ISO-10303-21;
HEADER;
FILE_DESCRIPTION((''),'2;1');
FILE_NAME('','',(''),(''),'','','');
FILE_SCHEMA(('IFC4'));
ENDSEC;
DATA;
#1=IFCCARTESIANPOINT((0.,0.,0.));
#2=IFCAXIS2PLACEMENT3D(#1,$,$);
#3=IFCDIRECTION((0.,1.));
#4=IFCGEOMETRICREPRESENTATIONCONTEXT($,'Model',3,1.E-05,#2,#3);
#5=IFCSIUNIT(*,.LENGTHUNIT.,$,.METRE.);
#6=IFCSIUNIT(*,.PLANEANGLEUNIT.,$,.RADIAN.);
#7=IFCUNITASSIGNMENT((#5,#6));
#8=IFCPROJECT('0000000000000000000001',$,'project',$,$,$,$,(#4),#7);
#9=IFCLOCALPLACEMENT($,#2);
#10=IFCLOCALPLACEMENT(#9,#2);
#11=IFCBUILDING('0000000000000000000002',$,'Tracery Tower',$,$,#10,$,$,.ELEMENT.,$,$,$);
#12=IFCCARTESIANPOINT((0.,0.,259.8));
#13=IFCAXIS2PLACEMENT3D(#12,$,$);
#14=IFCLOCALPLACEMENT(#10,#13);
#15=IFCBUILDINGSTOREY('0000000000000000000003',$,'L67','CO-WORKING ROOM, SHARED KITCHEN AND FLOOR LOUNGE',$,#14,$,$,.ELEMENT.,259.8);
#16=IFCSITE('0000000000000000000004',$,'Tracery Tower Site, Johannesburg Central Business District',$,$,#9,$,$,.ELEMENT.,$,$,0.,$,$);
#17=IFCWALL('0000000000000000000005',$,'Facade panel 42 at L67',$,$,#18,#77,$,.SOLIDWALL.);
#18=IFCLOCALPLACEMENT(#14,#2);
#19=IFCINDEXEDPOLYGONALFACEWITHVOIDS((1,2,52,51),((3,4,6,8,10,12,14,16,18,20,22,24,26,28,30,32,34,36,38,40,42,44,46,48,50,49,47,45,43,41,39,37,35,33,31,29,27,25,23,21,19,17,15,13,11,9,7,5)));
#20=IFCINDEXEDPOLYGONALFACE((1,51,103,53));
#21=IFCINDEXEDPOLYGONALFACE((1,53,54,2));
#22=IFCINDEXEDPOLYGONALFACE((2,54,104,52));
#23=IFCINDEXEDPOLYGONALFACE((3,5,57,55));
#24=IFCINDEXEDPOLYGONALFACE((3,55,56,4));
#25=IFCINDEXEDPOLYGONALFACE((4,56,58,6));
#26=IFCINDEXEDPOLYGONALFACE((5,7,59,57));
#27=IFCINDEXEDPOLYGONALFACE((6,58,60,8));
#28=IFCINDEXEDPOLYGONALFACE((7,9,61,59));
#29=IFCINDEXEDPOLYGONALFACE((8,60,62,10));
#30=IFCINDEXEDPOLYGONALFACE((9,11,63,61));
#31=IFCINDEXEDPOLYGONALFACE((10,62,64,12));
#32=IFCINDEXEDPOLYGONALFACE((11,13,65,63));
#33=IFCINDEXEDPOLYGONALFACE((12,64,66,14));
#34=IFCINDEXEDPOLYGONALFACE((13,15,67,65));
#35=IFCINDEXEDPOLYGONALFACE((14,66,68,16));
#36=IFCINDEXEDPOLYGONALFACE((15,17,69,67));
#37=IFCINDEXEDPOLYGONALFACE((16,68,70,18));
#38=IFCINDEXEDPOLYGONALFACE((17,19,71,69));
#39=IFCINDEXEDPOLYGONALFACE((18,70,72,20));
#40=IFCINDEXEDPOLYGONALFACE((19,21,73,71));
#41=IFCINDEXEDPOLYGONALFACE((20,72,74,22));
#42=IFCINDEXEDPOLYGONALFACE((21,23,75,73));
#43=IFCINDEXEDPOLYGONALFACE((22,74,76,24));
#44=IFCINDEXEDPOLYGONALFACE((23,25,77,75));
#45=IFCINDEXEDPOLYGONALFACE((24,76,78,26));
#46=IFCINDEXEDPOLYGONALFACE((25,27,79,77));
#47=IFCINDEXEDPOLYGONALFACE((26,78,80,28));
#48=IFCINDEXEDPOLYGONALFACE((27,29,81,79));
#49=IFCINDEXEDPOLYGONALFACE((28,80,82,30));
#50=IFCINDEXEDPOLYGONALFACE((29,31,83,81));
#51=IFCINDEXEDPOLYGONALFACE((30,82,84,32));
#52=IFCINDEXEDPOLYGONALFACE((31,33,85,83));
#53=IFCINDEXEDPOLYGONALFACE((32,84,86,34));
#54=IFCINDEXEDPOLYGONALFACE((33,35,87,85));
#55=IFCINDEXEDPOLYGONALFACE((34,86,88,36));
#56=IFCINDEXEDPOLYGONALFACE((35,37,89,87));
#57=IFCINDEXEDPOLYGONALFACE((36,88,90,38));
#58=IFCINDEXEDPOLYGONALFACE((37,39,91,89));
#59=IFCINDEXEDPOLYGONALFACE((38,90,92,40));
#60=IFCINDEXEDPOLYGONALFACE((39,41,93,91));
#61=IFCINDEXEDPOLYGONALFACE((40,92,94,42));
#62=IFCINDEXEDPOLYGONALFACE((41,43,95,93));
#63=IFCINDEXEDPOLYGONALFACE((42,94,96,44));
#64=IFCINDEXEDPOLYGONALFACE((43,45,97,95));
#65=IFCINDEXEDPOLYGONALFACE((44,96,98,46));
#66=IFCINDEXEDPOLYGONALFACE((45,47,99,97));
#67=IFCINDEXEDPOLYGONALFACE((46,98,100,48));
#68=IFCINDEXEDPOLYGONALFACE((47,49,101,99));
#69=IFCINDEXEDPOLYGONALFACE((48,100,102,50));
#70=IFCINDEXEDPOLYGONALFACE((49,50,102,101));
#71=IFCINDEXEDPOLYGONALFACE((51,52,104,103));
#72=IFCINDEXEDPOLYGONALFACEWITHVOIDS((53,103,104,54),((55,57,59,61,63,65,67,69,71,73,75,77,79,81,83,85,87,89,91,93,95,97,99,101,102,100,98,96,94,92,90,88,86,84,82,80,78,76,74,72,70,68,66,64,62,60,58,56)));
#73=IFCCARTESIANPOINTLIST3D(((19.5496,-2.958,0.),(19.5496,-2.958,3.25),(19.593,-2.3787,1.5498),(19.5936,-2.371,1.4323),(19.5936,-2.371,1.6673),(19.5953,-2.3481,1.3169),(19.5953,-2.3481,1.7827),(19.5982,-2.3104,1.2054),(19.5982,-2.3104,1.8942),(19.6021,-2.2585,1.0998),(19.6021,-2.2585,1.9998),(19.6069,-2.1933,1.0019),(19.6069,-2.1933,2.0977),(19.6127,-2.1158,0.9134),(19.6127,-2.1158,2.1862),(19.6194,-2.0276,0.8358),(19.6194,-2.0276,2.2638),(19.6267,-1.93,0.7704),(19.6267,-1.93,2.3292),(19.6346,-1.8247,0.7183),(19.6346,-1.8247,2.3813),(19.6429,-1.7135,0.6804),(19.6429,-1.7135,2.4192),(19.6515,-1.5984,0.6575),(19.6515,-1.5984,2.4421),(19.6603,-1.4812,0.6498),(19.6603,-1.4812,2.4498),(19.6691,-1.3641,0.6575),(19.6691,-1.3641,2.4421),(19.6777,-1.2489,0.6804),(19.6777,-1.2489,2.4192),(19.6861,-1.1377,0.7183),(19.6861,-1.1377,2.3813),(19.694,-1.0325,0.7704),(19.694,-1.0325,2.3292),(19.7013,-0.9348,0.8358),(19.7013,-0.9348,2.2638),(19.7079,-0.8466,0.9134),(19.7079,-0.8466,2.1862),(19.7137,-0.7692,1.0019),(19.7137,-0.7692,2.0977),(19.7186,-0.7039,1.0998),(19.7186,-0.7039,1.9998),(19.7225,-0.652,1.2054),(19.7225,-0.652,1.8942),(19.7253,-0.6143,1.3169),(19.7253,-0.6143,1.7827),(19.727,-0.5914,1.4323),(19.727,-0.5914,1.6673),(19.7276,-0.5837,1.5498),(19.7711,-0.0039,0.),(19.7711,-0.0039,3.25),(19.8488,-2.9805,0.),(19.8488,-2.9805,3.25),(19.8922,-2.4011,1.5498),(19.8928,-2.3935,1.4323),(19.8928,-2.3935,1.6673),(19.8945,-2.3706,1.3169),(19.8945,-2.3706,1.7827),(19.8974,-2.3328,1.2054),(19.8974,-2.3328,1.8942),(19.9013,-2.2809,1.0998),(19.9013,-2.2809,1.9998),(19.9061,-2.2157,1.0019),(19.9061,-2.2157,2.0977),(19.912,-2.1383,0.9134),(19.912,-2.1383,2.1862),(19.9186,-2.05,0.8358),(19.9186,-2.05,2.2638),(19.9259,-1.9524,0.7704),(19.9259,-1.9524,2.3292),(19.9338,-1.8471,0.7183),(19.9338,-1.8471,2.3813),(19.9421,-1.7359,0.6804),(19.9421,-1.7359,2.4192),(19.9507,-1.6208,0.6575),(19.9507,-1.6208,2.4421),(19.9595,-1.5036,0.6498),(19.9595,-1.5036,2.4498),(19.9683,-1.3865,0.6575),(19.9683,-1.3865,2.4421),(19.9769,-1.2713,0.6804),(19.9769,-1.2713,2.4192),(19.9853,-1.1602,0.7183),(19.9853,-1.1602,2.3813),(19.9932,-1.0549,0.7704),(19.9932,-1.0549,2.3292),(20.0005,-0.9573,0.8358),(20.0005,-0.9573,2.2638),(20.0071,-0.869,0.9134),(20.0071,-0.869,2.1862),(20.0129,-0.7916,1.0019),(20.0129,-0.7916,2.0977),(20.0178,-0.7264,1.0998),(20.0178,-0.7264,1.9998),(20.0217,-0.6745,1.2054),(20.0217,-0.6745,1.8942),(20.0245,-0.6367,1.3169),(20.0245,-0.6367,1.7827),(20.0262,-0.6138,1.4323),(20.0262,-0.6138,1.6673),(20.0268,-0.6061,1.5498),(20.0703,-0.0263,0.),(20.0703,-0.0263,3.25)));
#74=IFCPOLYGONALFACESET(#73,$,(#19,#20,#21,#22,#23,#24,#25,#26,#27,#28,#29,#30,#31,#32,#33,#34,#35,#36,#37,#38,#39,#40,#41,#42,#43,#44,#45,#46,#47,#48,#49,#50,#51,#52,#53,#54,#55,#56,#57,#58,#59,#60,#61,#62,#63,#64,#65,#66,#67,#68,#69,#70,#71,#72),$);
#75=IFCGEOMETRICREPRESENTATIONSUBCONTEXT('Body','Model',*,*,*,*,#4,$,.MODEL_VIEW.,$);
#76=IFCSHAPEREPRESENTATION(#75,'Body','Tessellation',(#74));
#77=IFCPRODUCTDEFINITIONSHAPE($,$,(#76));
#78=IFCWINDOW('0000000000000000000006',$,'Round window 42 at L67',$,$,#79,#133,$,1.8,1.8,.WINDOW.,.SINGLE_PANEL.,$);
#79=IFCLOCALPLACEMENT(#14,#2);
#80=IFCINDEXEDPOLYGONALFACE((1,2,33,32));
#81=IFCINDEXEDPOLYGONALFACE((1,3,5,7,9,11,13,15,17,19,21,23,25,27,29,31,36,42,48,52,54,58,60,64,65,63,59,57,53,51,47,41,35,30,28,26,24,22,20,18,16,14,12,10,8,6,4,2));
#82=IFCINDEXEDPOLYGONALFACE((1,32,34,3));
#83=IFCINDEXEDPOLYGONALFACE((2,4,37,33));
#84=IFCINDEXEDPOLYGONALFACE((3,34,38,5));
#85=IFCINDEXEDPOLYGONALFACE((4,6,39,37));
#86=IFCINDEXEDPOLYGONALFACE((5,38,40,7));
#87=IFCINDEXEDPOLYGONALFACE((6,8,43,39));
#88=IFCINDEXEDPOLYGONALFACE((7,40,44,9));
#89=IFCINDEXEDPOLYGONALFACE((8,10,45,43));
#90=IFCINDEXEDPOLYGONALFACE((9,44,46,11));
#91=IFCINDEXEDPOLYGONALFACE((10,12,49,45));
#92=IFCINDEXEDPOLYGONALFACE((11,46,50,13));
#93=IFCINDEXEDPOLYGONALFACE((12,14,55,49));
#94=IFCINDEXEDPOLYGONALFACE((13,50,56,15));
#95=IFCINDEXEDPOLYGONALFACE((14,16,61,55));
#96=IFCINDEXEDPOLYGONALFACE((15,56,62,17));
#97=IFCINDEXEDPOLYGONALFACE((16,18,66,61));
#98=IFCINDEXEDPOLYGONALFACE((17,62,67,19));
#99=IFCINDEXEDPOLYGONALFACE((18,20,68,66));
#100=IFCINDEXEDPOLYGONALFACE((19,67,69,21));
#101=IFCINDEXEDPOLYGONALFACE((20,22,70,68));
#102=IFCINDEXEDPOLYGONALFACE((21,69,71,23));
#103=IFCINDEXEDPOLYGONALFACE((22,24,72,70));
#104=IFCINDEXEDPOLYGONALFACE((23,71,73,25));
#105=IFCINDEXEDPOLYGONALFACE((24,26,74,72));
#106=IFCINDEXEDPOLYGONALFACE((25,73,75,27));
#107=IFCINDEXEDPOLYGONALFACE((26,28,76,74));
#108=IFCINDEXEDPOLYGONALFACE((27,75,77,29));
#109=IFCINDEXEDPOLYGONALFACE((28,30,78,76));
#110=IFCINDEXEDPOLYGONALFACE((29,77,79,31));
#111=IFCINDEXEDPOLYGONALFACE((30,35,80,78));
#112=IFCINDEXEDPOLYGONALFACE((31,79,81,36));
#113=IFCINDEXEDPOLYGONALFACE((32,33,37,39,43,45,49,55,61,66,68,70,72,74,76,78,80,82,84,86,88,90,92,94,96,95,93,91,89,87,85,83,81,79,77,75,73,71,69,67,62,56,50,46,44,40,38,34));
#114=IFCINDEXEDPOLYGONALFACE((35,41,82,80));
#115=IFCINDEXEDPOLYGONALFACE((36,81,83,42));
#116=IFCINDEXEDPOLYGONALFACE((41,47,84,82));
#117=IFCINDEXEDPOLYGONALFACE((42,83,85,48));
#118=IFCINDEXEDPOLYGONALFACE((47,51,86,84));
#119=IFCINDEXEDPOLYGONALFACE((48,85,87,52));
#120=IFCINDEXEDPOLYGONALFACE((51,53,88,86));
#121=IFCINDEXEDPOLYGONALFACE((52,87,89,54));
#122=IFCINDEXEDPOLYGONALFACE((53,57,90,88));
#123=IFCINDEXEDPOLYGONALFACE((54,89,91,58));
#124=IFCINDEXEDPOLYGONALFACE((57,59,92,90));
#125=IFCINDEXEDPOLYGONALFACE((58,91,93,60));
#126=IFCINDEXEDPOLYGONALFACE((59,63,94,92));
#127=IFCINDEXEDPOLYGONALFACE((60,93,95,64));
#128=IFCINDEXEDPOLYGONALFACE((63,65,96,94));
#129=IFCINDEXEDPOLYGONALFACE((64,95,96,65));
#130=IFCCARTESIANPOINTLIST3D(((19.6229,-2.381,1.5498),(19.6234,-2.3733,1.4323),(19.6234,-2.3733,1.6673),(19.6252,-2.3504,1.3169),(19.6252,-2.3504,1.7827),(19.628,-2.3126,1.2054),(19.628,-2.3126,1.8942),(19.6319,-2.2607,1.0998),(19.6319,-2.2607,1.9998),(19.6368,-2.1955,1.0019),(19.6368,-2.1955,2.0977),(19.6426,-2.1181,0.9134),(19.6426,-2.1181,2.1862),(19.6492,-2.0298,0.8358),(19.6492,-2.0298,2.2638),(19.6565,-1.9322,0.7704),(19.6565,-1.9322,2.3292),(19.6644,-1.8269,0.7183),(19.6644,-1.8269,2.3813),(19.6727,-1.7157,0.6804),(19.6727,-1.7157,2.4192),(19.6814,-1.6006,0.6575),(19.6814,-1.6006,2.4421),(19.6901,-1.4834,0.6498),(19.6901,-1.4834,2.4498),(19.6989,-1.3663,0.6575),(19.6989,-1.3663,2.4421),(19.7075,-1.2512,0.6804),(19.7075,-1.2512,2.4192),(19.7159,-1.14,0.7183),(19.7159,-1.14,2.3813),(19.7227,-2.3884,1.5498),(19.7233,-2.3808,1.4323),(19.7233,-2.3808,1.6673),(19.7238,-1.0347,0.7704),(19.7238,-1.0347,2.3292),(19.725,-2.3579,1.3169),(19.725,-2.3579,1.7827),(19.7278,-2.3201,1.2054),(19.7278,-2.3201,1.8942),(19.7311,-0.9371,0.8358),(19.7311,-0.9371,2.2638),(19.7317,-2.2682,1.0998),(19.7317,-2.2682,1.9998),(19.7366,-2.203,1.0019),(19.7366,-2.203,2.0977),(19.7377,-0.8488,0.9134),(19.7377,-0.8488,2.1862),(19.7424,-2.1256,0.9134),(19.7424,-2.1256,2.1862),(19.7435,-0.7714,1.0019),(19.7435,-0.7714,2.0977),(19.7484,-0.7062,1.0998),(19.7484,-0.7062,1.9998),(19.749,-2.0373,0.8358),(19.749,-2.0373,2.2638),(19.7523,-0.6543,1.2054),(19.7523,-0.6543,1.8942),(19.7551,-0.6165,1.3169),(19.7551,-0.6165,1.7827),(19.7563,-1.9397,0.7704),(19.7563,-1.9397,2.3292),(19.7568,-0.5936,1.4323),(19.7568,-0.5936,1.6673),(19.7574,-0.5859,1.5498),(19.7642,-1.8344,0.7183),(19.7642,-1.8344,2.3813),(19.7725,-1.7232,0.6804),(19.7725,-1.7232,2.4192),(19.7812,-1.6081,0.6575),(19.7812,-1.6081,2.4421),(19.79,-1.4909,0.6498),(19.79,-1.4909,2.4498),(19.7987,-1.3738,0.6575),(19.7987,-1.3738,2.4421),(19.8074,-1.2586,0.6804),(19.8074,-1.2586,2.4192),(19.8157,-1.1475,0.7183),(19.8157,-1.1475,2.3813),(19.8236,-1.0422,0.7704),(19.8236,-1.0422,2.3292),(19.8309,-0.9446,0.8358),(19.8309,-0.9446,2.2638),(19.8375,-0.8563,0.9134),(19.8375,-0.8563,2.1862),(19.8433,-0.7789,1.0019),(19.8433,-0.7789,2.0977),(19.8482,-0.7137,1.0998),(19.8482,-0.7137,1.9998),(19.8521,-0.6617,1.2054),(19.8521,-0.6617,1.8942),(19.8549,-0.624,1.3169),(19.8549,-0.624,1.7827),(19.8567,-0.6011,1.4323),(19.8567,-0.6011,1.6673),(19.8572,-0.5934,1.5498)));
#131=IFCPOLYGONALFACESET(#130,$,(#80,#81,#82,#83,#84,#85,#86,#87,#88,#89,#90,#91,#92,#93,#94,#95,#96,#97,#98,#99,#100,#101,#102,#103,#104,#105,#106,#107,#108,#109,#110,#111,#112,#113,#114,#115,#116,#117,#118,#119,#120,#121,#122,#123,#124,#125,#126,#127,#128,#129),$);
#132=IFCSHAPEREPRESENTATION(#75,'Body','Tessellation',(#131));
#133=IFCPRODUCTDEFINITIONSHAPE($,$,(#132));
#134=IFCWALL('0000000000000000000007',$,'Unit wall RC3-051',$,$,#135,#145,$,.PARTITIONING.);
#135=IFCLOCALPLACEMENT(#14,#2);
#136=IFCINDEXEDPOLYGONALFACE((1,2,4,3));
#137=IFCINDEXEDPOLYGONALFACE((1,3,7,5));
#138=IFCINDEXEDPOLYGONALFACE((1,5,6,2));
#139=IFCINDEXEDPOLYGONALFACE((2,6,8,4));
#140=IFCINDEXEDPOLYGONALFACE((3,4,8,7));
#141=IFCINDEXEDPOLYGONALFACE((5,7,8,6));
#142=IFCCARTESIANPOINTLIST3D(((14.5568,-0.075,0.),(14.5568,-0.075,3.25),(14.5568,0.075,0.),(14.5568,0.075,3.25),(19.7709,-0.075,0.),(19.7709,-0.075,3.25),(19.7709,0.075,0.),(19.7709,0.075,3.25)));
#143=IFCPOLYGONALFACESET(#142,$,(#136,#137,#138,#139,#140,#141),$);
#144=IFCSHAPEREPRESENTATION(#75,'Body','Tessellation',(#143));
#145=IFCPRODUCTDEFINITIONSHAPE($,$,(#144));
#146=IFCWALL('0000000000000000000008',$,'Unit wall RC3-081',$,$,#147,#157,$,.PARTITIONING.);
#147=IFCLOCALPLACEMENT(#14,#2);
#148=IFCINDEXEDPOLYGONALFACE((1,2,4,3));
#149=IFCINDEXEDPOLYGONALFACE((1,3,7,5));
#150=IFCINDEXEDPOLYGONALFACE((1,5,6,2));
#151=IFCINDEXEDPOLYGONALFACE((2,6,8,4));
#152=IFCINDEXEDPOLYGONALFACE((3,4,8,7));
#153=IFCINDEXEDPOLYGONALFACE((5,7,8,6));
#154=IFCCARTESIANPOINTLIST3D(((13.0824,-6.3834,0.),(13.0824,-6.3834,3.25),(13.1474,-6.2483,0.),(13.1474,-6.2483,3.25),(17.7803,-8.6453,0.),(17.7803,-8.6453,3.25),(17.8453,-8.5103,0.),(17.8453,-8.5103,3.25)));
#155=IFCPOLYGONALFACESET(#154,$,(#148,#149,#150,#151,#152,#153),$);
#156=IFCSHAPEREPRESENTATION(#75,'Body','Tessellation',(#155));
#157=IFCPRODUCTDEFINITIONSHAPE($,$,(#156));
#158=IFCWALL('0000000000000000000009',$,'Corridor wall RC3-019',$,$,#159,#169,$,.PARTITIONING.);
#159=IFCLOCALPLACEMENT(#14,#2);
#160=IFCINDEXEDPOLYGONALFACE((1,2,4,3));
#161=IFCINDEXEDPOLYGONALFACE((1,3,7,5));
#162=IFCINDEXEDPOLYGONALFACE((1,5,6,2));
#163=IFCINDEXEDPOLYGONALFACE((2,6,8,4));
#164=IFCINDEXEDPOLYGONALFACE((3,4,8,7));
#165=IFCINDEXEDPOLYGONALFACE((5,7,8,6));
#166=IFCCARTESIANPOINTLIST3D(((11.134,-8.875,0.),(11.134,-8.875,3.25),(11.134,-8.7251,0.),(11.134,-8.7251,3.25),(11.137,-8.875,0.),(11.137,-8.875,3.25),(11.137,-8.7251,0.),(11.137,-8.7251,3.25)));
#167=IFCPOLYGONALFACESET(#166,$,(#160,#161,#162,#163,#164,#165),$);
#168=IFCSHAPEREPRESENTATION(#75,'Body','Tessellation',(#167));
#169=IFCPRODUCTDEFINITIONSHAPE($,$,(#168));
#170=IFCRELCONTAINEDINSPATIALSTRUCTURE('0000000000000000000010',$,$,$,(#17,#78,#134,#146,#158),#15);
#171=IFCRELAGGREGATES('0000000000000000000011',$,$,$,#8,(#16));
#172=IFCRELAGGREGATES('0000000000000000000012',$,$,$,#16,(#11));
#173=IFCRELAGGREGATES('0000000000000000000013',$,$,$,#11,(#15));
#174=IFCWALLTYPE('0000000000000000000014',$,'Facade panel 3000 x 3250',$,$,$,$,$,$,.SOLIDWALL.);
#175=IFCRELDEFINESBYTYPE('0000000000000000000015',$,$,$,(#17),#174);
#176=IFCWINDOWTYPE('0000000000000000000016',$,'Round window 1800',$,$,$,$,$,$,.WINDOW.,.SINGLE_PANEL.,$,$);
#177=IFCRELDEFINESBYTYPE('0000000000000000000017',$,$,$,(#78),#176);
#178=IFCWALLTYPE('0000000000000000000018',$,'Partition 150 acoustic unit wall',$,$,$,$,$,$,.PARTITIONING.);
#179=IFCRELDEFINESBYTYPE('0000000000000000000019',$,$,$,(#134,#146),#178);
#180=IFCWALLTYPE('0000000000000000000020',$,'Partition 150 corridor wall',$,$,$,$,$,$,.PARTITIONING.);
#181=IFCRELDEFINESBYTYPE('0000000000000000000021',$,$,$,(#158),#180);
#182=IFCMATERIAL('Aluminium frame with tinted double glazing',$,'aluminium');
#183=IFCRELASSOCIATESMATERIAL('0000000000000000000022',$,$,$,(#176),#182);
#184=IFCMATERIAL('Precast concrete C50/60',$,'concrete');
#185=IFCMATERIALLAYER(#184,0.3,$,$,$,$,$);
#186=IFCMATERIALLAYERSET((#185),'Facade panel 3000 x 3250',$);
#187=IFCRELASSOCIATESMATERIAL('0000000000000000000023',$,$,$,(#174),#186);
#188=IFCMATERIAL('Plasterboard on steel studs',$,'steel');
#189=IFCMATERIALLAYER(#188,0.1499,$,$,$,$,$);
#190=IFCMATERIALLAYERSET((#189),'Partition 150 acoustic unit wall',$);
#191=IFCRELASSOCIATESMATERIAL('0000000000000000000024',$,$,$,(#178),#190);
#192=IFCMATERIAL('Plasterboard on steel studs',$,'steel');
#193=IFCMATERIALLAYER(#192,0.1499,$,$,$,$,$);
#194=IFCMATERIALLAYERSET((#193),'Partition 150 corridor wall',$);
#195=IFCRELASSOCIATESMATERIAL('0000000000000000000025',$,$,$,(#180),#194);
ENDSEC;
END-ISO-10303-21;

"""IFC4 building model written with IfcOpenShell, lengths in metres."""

from ifc_helpers import new_model, si_unit, direction, frame, frame_2d, origin, origin_2d, place, context, subcontext, project, spatial, rectangle, circle, extrude, material, layer, layer_set, type_object, element, fill, save


model = new_model("IFC4")

# Units and contexts
model_context = context("Model", 3, precision=1e-05, world=origin(), true_north=direction((0.0, 1.0)))
body_context = subcontext(model_context, "Body", "Model", "MODEL_VIEW")
ifc_project = project(units=[si_unit("LENGTHUNIT", "METRE"), si_unit("PLANEANGLEUNIT", "RADIAN")], contexts=[model_context])

# Site, building, storey
site_placement = place(None, origin())
site = spatial("IfcSite", under=ifc_project, at=site_placement, Name="Tracery Tower Site, Johannesburg Central Business District", CompositionType="ELEMENT", RefElevation=0.0)
building_placement = place(site_placement, origin())
building = spatial("IfcBuilding", under=site, at=building_placement, Name="Tracery Tower", CompositionType="ELEMENT")
storey_placement = place(building_placement, frame((0.0, 0.0, 259.8)))
storey = spatial("IfcBuildingStorey", under=building, at=storey_placement, Name="L67", Description="CO-WORKING ROOM, SHARED KITCHEN AND FLOOR LOUNGE", CompositionType="ELEMENT", Elevation=259.8)

# Wall, opening, window
ifc_material_1 = material(Name="Aluminium frame with tinted double glazing", Category="aluminium")
window_type = type_object("IfcWindowType", Name="Round window 1800", PartitioningType="SINGLE_PANEL", PredefinedType="WINDOW", material=ifc_material_1)
ifc_material_2 = material(Name="Precast concrete C50/60", Category="concrete")
ifc_layer_1 = layer(ifc_material_2, 0.3)
ifc_layer_set_1 = layer_set([ifc_layer_1], Name="Facade panel 3000 x 3250")
wall_type_1 = type_object("IfcWallType", Name="Facade panel 3000 x 3250", PredefinedType="SOLIDWALL", material=ifc_layer_set_1)
wall_1_placement = place(storey_placement, frame((19.6992, -2.9692, 0.0), z_axis=(0.0, 0.0, 1.0), x_axis=(0.074749, 0.997202, 0.0)))
wall_1 = element("IfcWall", 1, at=wall_1_placement, inside=storey, type_object=wall_type_1, Name="Facade panel 42 at L67", PredefinedType="SOLIDWALL", context=body_context, shape_type="SweptSolid", body=[
    extrude(rectangle(XDim=2.9624, YDim=0.3, at=frame_2d((1.4812, 0.0))), origin(), (0.0, 0.0, 1.0), 3.25),
])
opening_1_placement = place(wall_1_placement, frame((1.481, 0.0, 1.5498)))
opening_1 = element("IfcOpeningElement", 2, at=opening_1_placement, cuts=wall_1, PredefinedType="OPENING", context=body_context, shape_type="SweptSolid", body=[
    extrude(circle(Radius=0.9, at=origin_2d()), frame((0.0, 0.1599, 0.0), z_axis=(0.0, -1.0, 0.0), x_axis=(1.0, 0.0, 0.0)), (0.0, 0.0, 1.0), 0.3201),
])
window_1_placement = place(opening_1_placement, origin())
window_1 = element("IfcWindow", 3, at=window_1_placement, inside=storey, type_object=window_type, Name="Round window 42 at L67", OverallHeight=1.8, OverallWidth=1.8, PartitioningType="SINGLE_PANEL", PredefinedType="WINDOW", context=body_context, shape_type="SweptSolid", body=[
    extrude(circle(Radius=0.9, at=origin_2d()), frame((0.0, 0.1201, 0.0), z_axis=(0.0, -1.0, 0.0), x_axis=(1.0, 0.0, 0.0)), (0.0, 0.0, 1.0), 0.1001),
])
fill(opening_1, window_1)

# Walls
ifc_material_3 = material(Name="Plasterboard on steel studs", Category="steel")
ifc_layer_2 = layer(ifc_material_3, 0.1499)
ifc_layer_set_2 = layer_set([ifc_layer_2], Name="Partition 150 acoustic unit wall")
wall_type_2 = type_object("IfcWallType", Name="Partition 150 acoustic unit wall", PredefinedType="PARTITIONING", material=ifc_layer_set_2)
for number, where, z_axis, x_axis, name in (
    (4, (14.5569, 0.0, 0.0), (0.0, 0.0, 1.0), (1.0, 0.0, 0.0), "Unit wall RC3-051"),
    (5, (13.115, -6.3159, 0.0), (0.0, 0.0, 1.0), (0.901004, -0.43381, 0.0), "Unit wall RC3-081"),
):
    element("IfcWall", number, at=place(storey_placement, frame(where, z_axis=z_axis, x_axis=x_axis)), inside=storey, type_object=wall_type_2, Name=name, PredefinedType="PARTITIONING", context=body_context, shape_type="SweptSolid", body=[
        extrude(rectangle(XDim=5.2141, YDim=0.1499, at=frame_2d((2.6069, 0.0))), origin(), (0.0, 0.0, 1.0), 3.25),
    ])
ifc_material_4 = material(Name="Plasterboard on steel studs", Category="steel")
ifc_layer_3 = layer(ifc_material_4, 0.1499)
ifc_layer_set_3 = layer_set([ifc_layer_3], Name="Partition 150 corridor wall")
wall_type_3 = type_object("IfcWallType", Name="Partition 150 corridor wall", PredefinedType="PARTITIONING", material=ifc_layer_set_3)
wall_2_placement = place(storey_placement, frame((11.137, -8.8, 0.0), z_axis=(0.0, 0.0, 1.0), x_axis=(-1.0, 0.0, 0.0)))
element("IfcWall", 6, at=wall_2_placement, inside=storey, type_object=wall_type_3, Name="Corridor wall RC3-019", PredefinedType="PARTITIONING", context=body_context, shape_type="SweptSolid", body=[
    extrude(rectangle(XDim=0.0029, YDim=0.1499, at=frame_2d((0.0015, 0.0))), origin(), (0.0, 0.0, 1.0), 3.25),
])

save(model, "model.ifc")
